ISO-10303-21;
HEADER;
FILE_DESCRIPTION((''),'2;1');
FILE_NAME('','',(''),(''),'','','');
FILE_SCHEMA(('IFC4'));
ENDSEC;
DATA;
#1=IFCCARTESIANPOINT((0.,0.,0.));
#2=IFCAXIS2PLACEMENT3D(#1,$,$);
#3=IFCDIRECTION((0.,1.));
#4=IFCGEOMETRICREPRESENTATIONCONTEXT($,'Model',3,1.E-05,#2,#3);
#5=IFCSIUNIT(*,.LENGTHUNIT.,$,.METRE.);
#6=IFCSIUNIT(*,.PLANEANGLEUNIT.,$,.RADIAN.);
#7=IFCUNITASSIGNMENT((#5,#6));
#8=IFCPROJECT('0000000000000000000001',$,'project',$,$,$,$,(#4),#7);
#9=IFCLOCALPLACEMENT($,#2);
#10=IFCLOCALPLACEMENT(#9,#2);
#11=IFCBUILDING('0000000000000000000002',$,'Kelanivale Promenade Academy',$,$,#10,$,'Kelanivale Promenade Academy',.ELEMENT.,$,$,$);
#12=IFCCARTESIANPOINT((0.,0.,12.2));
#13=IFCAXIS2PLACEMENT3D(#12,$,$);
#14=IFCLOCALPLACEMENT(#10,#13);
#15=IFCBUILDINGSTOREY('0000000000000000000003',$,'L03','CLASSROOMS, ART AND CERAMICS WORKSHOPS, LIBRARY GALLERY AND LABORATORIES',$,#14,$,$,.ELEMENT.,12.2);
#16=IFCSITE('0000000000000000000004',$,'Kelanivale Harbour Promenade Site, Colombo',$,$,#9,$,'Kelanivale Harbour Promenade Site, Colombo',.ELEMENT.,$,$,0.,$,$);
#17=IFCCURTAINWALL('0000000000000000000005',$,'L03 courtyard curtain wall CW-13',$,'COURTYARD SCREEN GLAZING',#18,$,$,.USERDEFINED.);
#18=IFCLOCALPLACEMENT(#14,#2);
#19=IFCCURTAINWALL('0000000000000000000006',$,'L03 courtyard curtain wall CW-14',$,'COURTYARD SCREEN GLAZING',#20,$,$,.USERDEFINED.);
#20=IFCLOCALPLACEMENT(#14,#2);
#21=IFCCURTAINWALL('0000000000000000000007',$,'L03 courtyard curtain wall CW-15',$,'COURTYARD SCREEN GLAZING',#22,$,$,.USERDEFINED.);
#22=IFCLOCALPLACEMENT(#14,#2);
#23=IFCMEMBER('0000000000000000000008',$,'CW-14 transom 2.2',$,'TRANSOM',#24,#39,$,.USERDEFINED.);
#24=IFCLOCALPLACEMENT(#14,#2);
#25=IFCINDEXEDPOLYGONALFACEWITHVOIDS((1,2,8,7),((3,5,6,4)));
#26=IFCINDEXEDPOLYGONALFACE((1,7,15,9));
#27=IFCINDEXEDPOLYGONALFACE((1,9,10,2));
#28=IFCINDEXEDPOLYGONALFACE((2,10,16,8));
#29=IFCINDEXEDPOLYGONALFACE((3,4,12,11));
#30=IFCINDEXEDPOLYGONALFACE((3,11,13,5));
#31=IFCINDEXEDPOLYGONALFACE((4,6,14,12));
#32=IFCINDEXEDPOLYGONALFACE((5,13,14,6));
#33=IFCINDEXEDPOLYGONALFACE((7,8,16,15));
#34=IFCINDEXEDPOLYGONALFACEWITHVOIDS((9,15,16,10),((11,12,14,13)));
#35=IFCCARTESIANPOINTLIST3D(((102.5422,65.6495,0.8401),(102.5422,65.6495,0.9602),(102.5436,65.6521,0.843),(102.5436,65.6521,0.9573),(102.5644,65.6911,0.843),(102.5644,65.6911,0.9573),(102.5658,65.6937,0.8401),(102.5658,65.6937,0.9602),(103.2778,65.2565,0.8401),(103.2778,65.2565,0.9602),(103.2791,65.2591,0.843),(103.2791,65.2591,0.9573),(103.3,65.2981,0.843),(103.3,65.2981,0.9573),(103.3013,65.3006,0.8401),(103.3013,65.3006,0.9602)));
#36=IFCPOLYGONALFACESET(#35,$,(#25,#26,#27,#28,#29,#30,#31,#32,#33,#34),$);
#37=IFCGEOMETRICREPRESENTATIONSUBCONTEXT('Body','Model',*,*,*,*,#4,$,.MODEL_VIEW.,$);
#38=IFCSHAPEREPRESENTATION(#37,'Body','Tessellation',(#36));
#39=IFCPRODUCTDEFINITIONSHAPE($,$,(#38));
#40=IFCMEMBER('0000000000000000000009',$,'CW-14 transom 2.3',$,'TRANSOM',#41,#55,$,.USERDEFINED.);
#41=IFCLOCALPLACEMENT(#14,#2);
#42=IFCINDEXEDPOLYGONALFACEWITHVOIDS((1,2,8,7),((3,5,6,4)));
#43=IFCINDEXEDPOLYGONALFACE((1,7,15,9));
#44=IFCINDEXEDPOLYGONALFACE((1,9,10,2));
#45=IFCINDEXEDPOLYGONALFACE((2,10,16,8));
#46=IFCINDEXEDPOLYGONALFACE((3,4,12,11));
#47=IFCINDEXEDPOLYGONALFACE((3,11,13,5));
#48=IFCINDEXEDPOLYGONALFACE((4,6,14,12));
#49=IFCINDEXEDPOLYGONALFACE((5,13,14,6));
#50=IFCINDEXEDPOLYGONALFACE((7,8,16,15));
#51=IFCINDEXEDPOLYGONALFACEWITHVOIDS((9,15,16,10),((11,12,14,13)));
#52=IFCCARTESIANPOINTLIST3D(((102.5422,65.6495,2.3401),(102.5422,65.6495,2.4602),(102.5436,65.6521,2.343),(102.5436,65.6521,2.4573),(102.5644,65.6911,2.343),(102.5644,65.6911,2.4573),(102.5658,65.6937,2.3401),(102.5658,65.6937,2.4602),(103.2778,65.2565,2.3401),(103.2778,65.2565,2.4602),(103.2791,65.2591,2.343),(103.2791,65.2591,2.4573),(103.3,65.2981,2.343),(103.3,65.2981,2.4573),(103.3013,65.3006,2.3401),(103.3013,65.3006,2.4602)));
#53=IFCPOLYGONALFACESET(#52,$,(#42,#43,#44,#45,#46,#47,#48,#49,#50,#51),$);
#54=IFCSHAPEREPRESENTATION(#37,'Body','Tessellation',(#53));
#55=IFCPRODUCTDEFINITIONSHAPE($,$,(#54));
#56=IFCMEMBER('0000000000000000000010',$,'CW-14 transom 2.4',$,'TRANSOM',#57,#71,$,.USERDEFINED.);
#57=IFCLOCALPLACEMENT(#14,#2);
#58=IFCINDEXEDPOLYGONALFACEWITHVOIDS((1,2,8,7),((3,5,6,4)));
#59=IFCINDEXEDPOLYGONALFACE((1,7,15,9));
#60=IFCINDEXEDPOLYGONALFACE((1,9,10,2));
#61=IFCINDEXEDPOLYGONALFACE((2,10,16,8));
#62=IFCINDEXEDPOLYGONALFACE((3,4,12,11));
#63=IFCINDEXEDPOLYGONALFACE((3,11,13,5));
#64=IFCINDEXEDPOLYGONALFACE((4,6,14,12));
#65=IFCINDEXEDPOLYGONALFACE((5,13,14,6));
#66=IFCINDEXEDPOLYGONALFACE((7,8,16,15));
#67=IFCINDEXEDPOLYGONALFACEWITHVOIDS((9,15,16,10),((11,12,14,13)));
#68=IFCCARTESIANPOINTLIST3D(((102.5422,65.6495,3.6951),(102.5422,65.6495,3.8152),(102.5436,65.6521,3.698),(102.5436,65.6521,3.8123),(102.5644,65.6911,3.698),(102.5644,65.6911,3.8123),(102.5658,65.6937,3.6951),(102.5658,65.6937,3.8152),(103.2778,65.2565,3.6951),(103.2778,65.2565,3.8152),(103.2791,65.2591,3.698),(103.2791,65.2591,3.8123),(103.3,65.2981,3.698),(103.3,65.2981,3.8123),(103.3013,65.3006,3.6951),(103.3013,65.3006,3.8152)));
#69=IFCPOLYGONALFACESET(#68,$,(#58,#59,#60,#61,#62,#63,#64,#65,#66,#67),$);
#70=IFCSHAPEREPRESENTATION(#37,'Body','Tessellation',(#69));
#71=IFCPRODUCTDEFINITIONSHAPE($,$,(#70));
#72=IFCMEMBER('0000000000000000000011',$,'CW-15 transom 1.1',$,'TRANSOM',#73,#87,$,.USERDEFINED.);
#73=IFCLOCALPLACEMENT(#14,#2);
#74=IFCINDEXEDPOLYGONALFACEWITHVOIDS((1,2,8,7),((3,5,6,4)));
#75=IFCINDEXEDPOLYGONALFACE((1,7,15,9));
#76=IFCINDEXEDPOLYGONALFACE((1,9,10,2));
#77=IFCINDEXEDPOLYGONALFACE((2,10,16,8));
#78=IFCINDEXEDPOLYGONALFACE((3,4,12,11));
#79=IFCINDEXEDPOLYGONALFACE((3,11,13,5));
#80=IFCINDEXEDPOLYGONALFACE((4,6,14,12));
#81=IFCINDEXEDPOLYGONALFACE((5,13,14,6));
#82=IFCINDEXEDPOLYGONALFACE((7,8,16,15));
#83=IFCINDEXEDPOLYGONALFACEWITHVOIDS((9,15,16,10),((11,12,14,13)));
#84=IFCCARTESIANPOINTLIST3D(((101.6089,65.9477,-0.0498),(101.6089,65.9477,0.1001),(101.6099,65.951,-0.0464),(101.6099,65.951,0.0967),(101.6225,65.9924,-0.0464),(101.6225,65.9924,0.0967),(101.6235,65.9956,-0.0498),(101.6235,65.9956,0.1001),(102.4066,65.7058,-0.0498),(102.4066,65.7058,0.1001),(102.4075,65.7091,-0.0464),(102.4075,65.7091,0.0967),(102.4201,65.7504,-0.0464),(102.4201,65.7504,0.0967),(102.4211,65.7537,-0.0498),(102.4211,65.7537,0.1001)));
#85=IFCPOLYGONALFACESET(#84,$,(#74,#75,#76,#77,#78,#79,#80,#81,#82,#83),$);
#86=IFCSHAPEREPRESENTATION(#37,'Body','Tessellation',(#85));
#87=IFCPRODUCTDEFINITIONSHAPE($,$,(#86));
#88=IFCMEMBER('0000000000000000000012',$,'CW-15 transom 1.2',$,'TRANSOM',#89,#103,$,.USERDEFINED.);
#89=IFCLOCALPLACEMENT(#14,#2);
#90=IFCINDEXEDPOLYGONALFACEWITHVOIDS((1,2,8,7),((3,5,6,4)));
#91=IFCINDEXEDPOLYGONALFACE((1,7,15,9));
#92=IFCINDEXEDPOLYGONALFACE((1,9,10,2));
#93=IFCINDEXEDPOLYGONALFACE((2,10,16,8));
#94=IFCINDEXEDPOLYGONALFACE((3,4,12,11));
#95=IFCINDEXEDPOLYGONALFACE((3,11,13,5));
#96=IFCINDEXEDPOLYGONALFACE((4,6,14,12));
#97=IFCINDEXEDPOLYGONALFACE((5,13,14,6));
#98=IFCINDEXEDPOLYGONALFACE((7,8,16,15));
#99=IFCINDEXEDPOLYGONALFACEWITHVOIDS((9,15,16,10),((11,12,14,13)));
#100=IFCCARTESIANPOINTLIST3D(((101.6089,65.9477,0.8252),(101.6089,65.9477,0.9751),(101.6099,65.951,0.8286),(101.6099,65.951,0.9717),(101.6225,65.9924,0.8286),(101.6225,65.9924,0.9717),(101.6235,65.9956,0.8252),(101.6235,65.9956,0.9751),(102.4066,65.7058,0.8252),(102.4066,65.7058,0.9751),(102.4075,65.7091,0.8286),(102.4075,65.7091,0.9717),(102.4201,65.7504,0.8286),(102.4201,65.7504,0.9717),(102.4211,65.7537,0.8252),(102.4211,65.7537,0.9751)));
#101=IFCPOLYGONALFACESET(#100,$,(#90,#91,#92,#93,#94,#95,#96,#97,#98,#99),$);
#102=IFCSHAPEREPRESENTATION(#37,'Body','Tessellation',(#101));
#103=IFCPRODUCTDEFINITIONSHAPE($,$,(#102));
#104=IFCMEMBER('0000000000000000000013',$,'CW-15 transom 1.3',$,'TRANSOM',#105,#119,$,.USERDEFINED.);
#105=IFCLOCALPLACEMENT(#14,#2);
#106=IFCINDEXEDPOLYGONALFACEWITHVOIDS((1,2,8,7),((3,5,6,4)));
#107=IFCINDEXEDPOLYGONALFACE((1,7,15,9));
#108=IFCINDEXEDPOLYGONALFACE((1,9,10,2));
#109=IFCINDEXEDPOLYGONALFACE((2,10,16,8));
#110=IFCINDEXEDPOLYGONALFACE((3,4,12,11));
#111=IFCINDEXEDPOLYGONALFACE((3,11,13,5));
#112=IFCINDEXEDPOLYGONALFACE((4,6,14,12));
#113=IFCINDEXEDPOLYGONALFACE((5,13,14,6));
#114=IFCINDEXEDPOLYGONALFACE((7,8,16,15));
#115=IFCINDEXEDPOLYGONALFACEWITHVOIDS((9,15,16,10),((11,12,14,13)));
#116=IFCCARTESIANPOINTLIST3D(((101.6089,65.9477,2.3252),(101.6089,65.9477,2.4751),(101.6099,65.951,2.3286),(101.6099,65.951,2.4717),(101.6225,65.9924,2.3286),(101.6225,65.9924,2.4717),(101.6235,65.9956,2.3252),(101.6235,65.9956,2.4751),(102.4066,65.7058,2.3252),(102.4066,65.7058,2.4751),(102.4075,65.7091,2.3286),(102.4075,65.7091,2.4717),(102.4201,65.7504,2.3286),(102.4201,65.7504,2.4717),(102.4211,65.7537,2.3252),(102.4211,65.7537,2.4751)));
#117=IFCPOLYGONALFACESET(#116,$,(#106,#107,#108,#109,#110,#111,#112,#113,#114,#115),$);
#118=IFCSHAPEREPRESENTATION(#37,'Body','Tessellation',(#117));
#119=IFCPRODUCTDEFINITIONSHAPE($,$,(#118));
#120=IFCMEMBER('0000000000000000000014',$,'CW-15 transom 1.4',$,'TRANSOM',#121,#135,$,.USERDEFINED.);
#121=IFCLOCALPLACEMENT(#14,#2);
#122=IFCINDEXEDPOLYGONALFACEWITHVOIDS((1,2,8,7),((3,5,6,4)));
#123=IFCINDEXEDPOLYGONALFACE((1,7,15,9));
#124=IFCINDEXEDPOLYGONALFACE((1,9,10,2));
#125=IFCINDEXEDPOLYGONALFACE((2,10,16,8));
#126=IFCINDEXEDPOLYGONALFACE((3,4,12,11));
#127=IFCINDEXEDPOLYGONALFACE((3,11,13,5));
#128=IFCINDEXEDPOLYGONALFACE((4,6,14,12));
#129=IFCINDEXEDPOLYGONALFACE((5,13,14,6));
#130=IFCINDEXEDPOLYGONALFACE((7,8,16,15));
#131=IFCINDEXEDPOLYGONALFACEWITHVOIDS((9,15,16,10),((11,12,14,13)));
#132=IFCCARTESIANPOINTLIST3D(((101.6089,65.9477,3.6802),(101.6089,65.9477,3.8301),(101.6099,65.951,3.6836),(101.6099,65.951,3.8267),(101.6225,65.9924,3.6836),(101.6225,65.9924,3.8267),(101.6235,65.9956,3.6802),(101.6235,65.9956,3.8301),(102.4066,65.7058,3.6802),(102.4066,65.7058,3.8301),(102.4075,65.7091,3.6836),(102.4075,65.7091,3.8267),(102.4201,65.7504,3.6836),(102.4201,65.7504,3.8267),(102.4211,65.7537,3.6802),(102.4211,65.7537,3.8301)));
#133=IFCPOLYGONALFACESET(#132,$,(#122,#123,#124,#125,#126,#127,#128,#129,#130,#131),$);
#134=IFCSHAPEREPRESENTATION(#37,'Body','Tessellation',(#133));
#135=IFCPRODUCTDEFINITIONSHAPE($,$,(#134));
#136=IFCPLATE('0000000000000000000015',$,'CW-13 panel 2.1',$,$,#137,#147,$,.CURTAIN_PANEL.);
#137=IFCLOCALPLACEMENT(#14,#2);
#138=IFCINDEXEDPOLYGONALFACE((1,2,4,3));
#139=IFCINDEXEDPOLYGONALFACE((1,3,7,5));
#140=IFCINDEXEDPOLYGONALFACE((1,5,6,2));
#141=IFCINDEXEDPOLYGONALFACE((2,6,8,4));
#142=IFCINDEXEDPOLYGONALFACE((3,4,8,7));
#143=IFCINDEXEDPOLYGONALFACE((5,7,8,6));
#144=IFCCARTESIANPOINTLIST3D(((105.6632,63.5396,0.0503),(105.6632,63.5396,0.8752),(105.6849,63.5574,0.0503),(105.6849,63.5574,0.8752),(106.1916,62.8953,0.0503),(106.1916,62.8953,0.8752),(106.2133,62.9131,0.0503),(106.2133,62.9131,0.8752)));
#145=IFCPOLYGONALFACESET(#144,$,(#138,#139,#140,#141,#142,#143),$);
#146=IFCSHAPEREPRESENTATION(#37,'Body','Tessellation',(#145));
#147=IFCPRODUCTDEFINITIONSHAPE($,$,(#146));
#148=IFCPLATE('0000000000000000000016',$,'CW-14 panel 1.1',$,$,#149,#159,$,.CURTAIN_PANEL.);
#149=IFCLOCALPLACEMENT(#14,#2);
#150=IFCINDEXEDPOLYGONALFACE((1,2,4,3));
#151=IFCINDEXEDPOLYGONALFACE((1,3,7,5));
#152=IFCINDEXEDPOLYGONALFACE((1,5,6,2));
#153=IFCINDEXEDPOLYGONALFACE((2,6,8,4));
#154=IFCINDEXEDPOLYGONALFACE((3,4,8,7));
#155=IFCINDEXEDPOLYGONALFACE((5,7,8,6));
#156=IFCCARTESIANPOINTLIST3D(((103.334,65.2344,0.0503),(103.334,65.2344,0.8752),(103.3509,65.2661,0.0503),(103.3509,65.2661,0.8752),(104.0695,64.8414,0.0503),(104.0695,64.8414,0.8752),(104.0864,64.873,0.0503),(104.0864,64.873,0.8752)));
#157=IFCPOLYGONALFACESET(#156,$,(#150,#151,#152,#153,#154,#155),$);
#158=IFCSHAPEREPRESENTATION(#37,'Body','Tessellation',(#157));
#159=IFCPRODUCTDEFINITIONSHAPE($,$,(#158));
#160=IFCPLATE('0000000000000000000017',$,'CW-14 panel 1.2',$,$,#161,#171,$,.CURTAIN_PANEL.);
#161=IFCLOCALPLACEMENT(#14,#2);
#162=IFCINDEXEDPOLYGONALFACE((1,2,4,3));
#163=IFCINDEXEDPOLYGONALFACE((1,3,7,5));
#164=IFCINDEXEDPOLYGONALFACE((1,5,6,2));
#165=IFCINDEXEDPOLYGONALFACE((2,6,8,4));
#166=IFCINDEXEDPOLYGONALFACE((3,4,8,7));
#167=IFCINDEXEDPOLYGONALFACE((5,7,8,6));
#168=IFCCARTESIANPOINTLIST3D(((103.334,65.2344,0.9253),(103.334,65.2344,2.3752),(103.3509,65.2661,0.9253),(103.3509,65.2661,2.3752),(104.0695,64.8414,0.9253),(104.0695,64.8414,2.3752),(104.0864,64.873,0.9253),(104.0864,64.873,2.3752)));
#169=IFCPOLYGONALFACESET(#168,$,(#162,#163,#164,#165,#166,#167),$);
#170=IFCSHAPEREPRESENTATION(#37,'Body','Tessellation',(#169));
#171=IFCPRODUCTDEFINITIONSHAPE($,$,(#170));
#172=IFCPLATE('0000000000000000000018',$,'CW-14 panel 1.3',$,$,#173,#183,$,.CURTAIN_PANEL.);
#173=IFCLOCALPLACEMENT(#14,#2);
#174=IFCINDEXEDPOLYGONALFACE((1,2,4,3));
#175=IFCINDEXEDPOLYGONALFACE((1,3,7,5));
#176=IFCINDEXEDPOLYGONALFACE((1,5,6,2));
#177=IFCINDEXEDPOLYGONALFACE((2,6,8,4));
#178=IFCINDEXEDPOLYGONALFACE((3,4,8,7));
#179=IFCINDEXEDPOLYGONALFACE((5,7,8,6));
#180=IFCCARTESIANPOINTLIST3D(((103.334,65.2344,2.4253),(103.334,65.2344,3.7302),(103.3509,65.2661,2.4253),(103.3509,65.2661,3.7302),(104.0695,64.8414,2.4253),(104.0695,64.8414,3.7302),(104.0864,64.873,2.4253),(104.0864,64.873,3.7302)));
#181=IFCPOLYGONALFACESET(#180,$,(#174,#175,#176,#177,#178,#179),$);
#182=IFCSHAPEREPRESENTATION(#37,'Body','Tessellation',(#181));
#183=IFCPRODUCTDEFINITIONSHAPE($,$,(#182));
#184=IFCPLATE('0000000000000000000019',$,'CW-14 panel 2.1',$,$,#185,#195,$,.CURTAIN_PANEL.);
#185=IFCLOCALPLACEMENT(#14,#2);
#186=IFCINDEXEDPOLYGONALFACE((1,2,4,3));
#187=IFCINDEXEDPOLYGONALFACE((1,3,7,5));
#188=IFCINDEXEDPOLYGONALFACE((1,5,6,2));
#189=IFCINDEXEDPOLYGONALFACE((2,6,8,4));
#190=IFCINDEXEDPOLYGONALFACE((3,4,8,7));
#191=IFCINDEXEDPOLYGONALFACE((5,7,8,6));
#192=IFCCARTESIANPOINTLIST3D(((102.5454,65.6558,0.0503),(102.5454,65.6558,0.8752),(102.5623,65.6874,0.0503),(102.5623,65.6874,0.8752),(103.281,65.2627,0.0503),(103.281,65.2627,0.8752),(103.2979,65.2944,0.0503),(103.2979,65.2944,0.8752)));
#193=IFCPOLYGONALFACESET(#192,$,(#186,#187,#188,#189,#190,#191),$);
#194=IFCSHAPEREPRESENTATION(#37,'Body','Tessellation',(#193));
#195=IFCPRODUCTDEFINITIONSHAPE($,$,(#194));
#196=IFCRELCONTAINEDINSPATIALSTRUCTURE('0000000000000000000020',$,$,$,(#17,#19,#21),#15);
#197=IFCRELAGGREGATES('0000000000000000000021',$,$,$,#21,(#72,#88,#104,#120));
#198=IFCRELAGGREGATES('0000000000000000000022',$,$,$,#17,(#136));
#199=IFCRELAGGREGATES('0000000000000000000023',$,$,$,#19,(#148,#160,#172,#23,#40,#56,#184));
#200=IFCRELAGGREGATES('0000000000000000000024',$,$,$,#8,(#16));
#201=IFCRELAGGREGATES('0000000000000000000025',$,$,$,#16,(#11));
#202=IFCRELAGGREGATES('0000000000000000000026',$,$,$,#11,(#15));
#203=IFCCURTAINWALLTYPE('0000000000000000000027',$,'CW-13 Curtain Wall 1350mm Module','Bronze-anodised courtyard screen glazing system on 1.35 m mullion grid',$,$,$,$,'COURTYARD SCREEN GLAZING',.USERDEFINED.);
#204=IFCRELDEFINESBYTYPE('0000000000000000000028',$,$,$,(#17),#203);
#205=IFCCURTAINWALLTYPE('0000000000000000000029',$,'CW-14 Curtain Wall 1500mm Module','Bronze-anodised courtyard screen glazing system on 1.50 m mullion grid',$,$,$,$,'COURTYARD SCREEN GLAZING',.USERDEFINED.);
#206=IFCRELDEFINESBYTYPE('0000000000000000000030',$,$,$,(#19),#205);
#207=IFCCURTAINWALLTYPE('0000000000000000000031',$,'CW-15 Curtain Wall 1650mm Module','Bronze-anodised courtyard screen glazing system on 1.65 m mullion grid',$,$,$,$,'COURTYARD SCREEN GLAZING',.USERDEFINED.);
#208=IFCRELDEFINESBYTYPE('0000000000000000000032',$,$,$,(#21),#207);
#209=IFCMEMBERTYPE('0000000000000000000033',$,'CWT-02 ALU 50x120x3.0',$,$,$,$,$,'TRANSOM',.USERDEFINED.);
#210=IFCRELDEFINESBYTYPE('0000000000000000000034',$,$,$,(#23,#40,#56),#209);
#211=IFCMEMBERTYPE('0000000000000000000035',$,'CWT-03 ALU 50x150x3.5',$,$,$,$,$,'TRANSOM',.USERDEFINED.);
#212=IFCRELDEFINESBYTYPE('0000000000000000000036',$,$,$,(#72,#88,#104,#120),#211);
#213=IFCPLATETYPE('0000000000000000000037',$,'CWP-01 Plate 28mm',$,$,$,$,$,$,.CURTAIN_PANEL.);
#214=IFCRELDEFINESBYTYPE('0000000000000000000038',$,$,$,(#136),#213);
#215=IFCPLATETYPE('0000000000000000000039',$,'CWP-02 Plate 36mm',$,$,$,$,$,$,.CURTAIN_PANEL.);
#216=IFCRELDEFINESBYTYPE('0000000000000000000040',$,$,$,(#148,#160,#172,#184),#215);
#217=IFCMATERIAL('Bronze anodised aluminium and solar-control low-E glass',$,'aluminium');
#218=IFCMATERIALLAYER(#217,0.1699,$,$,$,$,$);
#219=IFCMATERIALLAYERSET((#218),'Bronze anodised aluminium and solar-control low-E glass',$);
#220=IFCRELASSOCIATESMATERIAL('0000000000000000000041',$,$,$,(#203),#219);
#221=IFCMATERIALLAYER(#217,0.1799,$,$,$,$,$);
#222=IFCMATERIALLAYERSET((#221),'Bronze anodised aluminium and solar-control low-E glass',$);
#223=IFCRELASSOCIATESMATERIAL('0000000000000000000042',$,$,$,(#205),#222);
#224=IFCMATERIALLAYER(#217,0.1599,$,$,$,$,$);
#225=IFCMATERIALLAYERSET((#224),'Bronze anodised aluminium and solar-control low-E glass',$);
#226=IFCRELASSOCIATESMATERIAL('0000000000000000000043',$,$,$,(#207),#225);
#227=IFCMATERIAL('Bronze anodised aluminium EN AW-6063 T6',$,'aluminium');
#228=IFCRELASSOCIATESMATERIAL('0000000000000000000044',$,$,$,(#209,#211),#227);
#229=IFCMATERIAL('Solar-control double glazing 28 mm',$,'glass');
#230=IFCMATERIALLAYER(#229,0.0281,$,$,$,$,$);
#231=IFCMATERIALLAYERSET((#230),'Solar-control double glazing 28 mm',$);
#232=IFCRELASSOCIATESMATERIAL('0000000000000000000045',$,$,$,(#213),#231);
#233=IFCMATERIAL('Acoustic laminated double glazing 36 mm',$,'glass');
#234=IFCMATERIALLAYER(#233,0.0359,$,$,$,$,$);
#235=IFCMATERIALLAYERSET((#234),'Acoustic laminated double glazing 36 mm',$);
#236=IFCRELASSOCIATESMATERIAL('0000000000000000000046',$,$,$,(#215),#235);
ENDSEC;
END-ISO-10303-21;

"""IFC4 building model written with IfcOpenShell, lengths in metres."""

from ifc_helpers import new_model, si_unit, direction, frame, origin, origin_2d, place, context, subcontext, project, spatial, rectangle, hollow_rectangle, extrude, material, layer, layer_set, material_profile, profile_set, type_object, element, aggregate, save


model = new_model("IFC4")

# Units and contexts
model_context = context("Model", 3, precision=1e-05, world=origin(), true_north=direction((0.0, 1.0)))
body_context = subcontext(model_context, "Body", "Model", "MODEL_VIEW")
ifc_project = project(units=[si_unit("LENGTHUNIT", "METRE"), si_unit("PLANEANGLEUNIT", "RADIAN")], contexts=[model_context])

# Site, building, storey
site_placement = place(None, origin())
site = spatial("IfcSite", under=ifc_project, at=site_placement, Name="Kelanivale Harbour Promenade Site, Colombo", LongName="Kelanivale Harbour Promenade Site, Colombo", CompositionType="ELEMENT", RefElevation=0.0)
building_placement = place(site_placement, origin())
building = spatial("IfcBuilding", under=site, at=building_placement, Name="Kelanivale Promenade Academy", LongName="Kelanivale Promenade Academy", CompositionType="ELEMENT")
storey_placement = place(building_placement, frame((0.0, 0.0, 12.2)))
storey = spatial("IfcBuildingStorey", under=building, at=storey_placement, Name="L03", Description="CLASSROOMS, ART AND CERAMICS WORKSHOPS, LIBRARY GALLERY AND LABORATORIES", CompositionType="ELEMENT", Elevation=12.2)

# Curtain wall
ifc_material_1 = material(Name="Bronze anodised aluminium and solar-control low-E glass", Category="aluminium")
ifc_layer_1 = layer(ifc_material_1, 0.1699)
ifc_layer_set_1 = layer_set([ifc_layer_1], Name="Bronze anodised aluminium and solar-control low-E glass")
curtain_wall_type_1 = type_object("IfcCurtainWallType", Name="CW-13 Curtain Wall 1350mm Module", Description="Bronze-anodised courtyard screen glazing system on 1.35 m mullion grid", ElementType="COURTYARD SCREEN GLAZING", PredefinedType="USERDEFINED", material=ifc_layer_set_1)
curtain_wall_1_placement = place(storey_placement, origin())
curtain_wall_1 = element("IfcCurtainWall", 1, at=curtain_wall_1_placement, inside=storey, type_object=curtain_wall_type_1, Name="L03 courtyard curtain wall CW-13", ObjectType="COURTYARD SCREEN GLAZING", PredefinedType="USERDEFINED")
ifc_material_2 = material(Name="Bronze anodised aluminium EN AW-6063 T6", Category="aluminium")

# Curtain wall
ifc_layer_2 = layer(ifc_material_1, 0.1799)
ifc_layer_set_2 = layer_set([ifc_layer_2], Name="Bronze anodised aluminium and solar-control low-E glass")
curtain_wall_type_2 = type_object("IfcCurtainWallType", Name="CW-14 Curtain Wall 1500mm Module", Description="Bronze-anodised courtyard screen glazing system on 1.50 m mullion grid", ElementType="COURTYARD SCREEN GLAZING", PredefinedType="USERDEFINED", material=ifc_layer_set_2)
curtain_wall_2_placement = place(storey_placement, origin())
curtain_wall_2 = element("IfcCurtainWall", 2, at=curtain_wall_2_placement, inside=storey, type_object=curtain_wall_type_2, Name="L03 courtyard curtain wall CW-14", ObjectType="COURTYARD SCREEN GLAZING", PredefinedType="USERDEFINED")

# Curtain wall
ifc_layer_3 = layer(ifc_material_1, 0.1599)
ifc_layer_set_3 = layer_set([ifc_layer_3], Name="Bronze anodised aluminium and solar-control low-E glass")
curtain_wall_type_3 = type_object("IfcCurtainWallType", Name="CW-15 Curtain Wall 1650mm Module", Description="Bronze-anodised courtyard screen glazing system on 1.65 m mullion grid", ElementType="COURTYARD SCREEN GLAZING", PredefinedType="USERDEFINED", material=ifc_layer_set_3)
curtain_wall_3_placement = place(storey_placement, origin())
curtain_wall_3 = element("IfcCurtainWall", 3, at=curtain_wall_3_placement, inside=storey, type_object=curtain_wall_type_3, Name="L03 courtyard curtain wall CW-15", ObjectType="COURTYARD SCREEN GLAZING", PredefinedType="USERDEFINED")

# Members
ifc_material_profile_1 = material_profile(ifc_material_2, hollow_rectangle(XDim=0.05, YDim=0.1201, WallThickness=0.0029, at=origin_2d()), Name="ALU 50x120x3.0")
ifc_profile_set_1 = profile_set([ifc_material_profile_1], Name="Bronze anodised aluminium EN AW-6063 T6")
member_type_1 = type_object("IfcMemberType", Name="CWT-02 ALU 50x120x3.0", ElementType="TRANSOM", PredefinedType="USERDEFINED", material=ifc_profile_set_1)
member_1_placement = place(storey_placement, frame((103.2896, 65.2786, 0.9001), z_axis=(-0.88198, 0.471287, 0.0), x_axis=(-0.471287, -0.88198, 0.0)))
member_1 = element("IfcMember", 4, at=member_1_placement, type_object=member_type_1, Name="CW-14 transom 2.2", ObjectType="TRANSOM", PredefinedType="USERDEFINED", context=body_context, shape_type="SweptSolid", body=[
    extrude(hollow_rectangle(XDim=0.05, YDim=0.1201, WallThickness=0.0029, at=origin_2d()), origin(), (0.0, 0.0, 1.0), 0.834),
])
member_2_placement = place(storey_placement, frame((103.2896, 65.2786, 2.4001), z_axis=(-0.88198, 0.471287, 0.0), x_axis=(-0.471287, -0.88198, 0.0)))
member_2 = element("IfcMember", 5, at=member_2_placement, type_object=member_type_1, Name="CW-14 transom 2.3", ObjectType="TRANSOM", PredefinedType="USERDEFINED", context=body_context, shape_type="SweptSolid", body=[
    extrude(hollow_rectangle(XDim=0.05, YDim=0.1201, WallThickness=0.0029, at=origin_2d()), origin(), (0.0, 0.0, 1.0), 0.834),
])
member_3_placement = place(storey_placement, frame((103.2896, 65.2786, 3.7551), z_axis=(-0.88198, 0.471287, 0.0), x_axis=(-0.471287, -0.88198, 0.0)))
member_3 = element("IfcMember", 6, at=member_3_placement, type_object=member_type_1, Name="CW-14 transom 2.4", ObjectType="TRANSOM", PredefinedType="USERDEFINED", context=body_context, shape_type="SweptSolid", body=[
    extrude(hollow_rectangle(XDim=0.05, YDim=0.1201, WallThickness=0.0029, at=origin_2d()), origin(), (0.0, 0.0, 1.0), 0.834),
])
ifc_material_profile_2 = material_profile(ifc_material_2, hollow_rectangle(XDim=0.05, YDim=0.1499, WallThickness=0.0034, at=origin_2d()), Name="ALU 50x150x3.5")
ifc_profile_set_2 = profile_set([ifc_material_profile_2], Name="Bronze anodised aluminium EN AW-6063 T6")
member_type_2 = type_object("IfcMemberType", Name="CWT-03 ALU 50x150x3.5", ElementType="TRANSOM", PredefinedType="USERDEFINED", material=ifc_profile_set_2)
member_4_placement = place(storey_placement, frame((102.4138, 65.7297, 0.0251), z_axis=(-0.956943, 0.290276, 0.0), x_axis=(-0.290276, -0.956943, 0.0)))
member_4 = element("IfcMember", 7, at=member_4_placement, type_object=member_type_2, Name="CW-15 transom 1.1", ObjectType="TRANSOM", PredefinedType="USERDEFINED", context=body_context, shape_type="SweptSolid", body=[
    extrude(hollow_rectangle(XDim=0.05, YDim=0.1499, WallThickness=0.0034, at=origin_2d()), origin(), (0.0, 0.0, 1.0), 0.8335),
])
member_5_placement = place(storey_placement, frame((102.4138, 65.7297, 0.9001), z_axis=(-0.956943, 0.290276, 0.0), x_axis=(-0.290276, -0.956943, 0.0)))
member_5 = element("IfcMember", 8, at=member_5_placement, type_object=member_type_2, Name="CW-15 transom 1.2", ObjectType="TRANSOM", PredefinedType="USERDEFINED", context=body_context, shape_type="SweptSolid", body=[
    extrude(hollow_rectangle(XDim=0.05, YDim=0.1499, WallThickness=0.0034, at=origin_2d()), origin(), (0.0, 0.0, 1.0), 0.8335),
])
member_6_placement = place(storey_placement, frame((102.4138, 65.7297, 2.4001), z_axis=(-0.956943, 0.290276, 0.0), x_axis=(-0.290276, -0.956943, 0.0)))
member_6 = element("IfcMember", 9, at=member_6_placement, type_object=member_type_2, Name="CW-15 transom 1.3", ObjectType="TRANSOM", PredefinedType="USERDEFINED", context=body_context, shape_type="SweptSolid", body=[
    extrude(hollow_rectangle(XDim=0.05, YDim=0.1499, WallThickness=0.0034, at=origin_2d()), origin(), (0.0, 0.0, 1.0), 0.8335),
])
member_7_placement = place(storey_placement, frame((102.4138, 65.7297, 3.7551), z_axis=(-0.956943, 0.290276, 0.0), x_axis=(-0.290276, -0.956943, 0.0)))
member_7 = element("IfcMember", 10, at=member_7_placement, type_object=member_type_2, Name="CW-15 transom 1.4", ObjectType="TRANSOM", PredefinedType="USERDEFINED", context=body_context, shape_type="SweptSolid", body=[
    extrude(hollow_rectangle(XDim=0.05, YDim=0.1499, WallThickness=0.0034, at=origin_2d()), origin(), (0.0, 0.0, 1.0), 0.8335),
])
aggregate(curtain_wall_3, [member_4, member_5, member_6, member_7])

# Plates
ifc_material_3 = material(Name="Solar-control double glazing 28 mm", Category="glass")
ifc_layer_4 = layer(ifc_material_3, 0.0281)
ifc_layer_set_4 = layer_set([ifc_layer_4], Name="Solar-control double glazing 28 mm")
plate_type_1 = type_object("IfcPlateType", Name="CWP-01 Plate 28mm", PredefinedType="CURTAIN_PANEL", material=ifc_layer_set_4)
plate_1_placement = place(storey_placement, frame((105.9382, 63.2263, 0.0503), z_axis=(0.0, 0.0, 1.0), x_axis=(-0.634093, 0.773257, 0.0)))
plate_1 = element("IfcPlate", 11, at=plate_1_placement, type_object=plate_type_1, Name="CW-13 panel 2.1", PredefinedType="CURTAIN_PANEL", context=body_context, shape_type="SweptSolid", body=[
    extrude(rectangle(XDim=0.8333, YDim=0.0281, at=origin_2d()), origin(), (0.0, 0.0, 1.0), 0.825),
])
aggregate(curtain_wall_1, [plate_1])
ifc_material_4 = material(Name="Acoustic laminated double glazing 36 mm", Category="glass")
ifc_layer_5 = layer(ifc_material_4, 0.0359)
ifc_layer_set_5 = layer_set([ifc_layer_5], Name="Acoustic laminated double glazing 36 mm")
plate_type_2 = type_object("IfcPlateType", Name="CWP-02 Plate 36mm", PredefinedType="CURTAIN_PANEL", material=ifc_layer_set_5)
plate_2_placement = place(storey_placement, frame((103.7102, 65.0537, 0.0503), z_axis=(0.0, 0.0, 1.0), x_axis=(-0.881978, 0.47129, 0.0)))
plate_2 = element("IfcPlate", 12, at=plate_2_placement, type_object=plate_type_2, Name="CW-14 panel 1.1", PredefinedType="CURTAIN_PANEL", context=body_context, shape_type="SweptSolid", body=[
    extrude(rectangle(XDim=0.834, YDim=0.0359, at=origin_2d()), origin(), (0.0, 0.0, 1.0), 0.825),
])
plate_3_placement = place(storey_placement, frame((103.7102, 65.0537, 0.9253), z_axis=(0.0, 0.0, 1.0), x_axis=(-0.881978, 0.47129, 0.0)))
plate_3 = element("IfcPlate", 13, at=plate_3_placement, type_object=plate_type_2, Name="CW-14 panel 1.2", PredefinedType="CURTAIN_PANEL", context=body_context, shape_type="SweptSolid", body=[
    extrude(rectangle(XDim=0.834, YDim=0.0359, at=origin_2d()), origin(), (0.0, 0.0, 1.0), 1.45),
])
plate_4_placement = place(storey_placement, frame((103.7102, 65.0537, 2.4253), z_axis=(0.0, 0.0, 1.0), x_axis=(-0.881978, 0.47129, 0.0)))
plate_4 = element("IfcPlate", 14, at=plate_4_placement, type_object=plate_type_2, Name="CW-14 panel 1.3", PredefinedType="CURTAIN_PANEL", context=body_context, shape_type="SweptSolid", body=[
    extrude(rectangle(XDim=0.834, YDim=0.0359, at=origin_2d()), origin(), (0.0, 0.0, 1.0), 1.3049),
])
plate_5_placement = place(storey_placement, frame((102.9216, 65.4751, 0.0503), z_axis=(0.0, 0.0, 1.0), x_axis=(-0.881978, 0.47129, 0.0)))
plate_5 = element("IfcPlate", 15, at=plate_5_placement, type_object=plate_type_2, Name="CW-14 panel 2.1", PredefinedType="CURTAIN_PANEL", context=body_context, shape_type="SweptSolid", body=[
    extrude(rectangle(XDim=0.834, YDim=0.0359, at=origin_2d()), origin(), (0.0, 0.0, 1.0), 0.825),
])
aggregate(curtain_wall_2, [plate_2, plate_3, plate_4, member_1, member_2, member_3, plate_5])

save(model, "model.ifc")
